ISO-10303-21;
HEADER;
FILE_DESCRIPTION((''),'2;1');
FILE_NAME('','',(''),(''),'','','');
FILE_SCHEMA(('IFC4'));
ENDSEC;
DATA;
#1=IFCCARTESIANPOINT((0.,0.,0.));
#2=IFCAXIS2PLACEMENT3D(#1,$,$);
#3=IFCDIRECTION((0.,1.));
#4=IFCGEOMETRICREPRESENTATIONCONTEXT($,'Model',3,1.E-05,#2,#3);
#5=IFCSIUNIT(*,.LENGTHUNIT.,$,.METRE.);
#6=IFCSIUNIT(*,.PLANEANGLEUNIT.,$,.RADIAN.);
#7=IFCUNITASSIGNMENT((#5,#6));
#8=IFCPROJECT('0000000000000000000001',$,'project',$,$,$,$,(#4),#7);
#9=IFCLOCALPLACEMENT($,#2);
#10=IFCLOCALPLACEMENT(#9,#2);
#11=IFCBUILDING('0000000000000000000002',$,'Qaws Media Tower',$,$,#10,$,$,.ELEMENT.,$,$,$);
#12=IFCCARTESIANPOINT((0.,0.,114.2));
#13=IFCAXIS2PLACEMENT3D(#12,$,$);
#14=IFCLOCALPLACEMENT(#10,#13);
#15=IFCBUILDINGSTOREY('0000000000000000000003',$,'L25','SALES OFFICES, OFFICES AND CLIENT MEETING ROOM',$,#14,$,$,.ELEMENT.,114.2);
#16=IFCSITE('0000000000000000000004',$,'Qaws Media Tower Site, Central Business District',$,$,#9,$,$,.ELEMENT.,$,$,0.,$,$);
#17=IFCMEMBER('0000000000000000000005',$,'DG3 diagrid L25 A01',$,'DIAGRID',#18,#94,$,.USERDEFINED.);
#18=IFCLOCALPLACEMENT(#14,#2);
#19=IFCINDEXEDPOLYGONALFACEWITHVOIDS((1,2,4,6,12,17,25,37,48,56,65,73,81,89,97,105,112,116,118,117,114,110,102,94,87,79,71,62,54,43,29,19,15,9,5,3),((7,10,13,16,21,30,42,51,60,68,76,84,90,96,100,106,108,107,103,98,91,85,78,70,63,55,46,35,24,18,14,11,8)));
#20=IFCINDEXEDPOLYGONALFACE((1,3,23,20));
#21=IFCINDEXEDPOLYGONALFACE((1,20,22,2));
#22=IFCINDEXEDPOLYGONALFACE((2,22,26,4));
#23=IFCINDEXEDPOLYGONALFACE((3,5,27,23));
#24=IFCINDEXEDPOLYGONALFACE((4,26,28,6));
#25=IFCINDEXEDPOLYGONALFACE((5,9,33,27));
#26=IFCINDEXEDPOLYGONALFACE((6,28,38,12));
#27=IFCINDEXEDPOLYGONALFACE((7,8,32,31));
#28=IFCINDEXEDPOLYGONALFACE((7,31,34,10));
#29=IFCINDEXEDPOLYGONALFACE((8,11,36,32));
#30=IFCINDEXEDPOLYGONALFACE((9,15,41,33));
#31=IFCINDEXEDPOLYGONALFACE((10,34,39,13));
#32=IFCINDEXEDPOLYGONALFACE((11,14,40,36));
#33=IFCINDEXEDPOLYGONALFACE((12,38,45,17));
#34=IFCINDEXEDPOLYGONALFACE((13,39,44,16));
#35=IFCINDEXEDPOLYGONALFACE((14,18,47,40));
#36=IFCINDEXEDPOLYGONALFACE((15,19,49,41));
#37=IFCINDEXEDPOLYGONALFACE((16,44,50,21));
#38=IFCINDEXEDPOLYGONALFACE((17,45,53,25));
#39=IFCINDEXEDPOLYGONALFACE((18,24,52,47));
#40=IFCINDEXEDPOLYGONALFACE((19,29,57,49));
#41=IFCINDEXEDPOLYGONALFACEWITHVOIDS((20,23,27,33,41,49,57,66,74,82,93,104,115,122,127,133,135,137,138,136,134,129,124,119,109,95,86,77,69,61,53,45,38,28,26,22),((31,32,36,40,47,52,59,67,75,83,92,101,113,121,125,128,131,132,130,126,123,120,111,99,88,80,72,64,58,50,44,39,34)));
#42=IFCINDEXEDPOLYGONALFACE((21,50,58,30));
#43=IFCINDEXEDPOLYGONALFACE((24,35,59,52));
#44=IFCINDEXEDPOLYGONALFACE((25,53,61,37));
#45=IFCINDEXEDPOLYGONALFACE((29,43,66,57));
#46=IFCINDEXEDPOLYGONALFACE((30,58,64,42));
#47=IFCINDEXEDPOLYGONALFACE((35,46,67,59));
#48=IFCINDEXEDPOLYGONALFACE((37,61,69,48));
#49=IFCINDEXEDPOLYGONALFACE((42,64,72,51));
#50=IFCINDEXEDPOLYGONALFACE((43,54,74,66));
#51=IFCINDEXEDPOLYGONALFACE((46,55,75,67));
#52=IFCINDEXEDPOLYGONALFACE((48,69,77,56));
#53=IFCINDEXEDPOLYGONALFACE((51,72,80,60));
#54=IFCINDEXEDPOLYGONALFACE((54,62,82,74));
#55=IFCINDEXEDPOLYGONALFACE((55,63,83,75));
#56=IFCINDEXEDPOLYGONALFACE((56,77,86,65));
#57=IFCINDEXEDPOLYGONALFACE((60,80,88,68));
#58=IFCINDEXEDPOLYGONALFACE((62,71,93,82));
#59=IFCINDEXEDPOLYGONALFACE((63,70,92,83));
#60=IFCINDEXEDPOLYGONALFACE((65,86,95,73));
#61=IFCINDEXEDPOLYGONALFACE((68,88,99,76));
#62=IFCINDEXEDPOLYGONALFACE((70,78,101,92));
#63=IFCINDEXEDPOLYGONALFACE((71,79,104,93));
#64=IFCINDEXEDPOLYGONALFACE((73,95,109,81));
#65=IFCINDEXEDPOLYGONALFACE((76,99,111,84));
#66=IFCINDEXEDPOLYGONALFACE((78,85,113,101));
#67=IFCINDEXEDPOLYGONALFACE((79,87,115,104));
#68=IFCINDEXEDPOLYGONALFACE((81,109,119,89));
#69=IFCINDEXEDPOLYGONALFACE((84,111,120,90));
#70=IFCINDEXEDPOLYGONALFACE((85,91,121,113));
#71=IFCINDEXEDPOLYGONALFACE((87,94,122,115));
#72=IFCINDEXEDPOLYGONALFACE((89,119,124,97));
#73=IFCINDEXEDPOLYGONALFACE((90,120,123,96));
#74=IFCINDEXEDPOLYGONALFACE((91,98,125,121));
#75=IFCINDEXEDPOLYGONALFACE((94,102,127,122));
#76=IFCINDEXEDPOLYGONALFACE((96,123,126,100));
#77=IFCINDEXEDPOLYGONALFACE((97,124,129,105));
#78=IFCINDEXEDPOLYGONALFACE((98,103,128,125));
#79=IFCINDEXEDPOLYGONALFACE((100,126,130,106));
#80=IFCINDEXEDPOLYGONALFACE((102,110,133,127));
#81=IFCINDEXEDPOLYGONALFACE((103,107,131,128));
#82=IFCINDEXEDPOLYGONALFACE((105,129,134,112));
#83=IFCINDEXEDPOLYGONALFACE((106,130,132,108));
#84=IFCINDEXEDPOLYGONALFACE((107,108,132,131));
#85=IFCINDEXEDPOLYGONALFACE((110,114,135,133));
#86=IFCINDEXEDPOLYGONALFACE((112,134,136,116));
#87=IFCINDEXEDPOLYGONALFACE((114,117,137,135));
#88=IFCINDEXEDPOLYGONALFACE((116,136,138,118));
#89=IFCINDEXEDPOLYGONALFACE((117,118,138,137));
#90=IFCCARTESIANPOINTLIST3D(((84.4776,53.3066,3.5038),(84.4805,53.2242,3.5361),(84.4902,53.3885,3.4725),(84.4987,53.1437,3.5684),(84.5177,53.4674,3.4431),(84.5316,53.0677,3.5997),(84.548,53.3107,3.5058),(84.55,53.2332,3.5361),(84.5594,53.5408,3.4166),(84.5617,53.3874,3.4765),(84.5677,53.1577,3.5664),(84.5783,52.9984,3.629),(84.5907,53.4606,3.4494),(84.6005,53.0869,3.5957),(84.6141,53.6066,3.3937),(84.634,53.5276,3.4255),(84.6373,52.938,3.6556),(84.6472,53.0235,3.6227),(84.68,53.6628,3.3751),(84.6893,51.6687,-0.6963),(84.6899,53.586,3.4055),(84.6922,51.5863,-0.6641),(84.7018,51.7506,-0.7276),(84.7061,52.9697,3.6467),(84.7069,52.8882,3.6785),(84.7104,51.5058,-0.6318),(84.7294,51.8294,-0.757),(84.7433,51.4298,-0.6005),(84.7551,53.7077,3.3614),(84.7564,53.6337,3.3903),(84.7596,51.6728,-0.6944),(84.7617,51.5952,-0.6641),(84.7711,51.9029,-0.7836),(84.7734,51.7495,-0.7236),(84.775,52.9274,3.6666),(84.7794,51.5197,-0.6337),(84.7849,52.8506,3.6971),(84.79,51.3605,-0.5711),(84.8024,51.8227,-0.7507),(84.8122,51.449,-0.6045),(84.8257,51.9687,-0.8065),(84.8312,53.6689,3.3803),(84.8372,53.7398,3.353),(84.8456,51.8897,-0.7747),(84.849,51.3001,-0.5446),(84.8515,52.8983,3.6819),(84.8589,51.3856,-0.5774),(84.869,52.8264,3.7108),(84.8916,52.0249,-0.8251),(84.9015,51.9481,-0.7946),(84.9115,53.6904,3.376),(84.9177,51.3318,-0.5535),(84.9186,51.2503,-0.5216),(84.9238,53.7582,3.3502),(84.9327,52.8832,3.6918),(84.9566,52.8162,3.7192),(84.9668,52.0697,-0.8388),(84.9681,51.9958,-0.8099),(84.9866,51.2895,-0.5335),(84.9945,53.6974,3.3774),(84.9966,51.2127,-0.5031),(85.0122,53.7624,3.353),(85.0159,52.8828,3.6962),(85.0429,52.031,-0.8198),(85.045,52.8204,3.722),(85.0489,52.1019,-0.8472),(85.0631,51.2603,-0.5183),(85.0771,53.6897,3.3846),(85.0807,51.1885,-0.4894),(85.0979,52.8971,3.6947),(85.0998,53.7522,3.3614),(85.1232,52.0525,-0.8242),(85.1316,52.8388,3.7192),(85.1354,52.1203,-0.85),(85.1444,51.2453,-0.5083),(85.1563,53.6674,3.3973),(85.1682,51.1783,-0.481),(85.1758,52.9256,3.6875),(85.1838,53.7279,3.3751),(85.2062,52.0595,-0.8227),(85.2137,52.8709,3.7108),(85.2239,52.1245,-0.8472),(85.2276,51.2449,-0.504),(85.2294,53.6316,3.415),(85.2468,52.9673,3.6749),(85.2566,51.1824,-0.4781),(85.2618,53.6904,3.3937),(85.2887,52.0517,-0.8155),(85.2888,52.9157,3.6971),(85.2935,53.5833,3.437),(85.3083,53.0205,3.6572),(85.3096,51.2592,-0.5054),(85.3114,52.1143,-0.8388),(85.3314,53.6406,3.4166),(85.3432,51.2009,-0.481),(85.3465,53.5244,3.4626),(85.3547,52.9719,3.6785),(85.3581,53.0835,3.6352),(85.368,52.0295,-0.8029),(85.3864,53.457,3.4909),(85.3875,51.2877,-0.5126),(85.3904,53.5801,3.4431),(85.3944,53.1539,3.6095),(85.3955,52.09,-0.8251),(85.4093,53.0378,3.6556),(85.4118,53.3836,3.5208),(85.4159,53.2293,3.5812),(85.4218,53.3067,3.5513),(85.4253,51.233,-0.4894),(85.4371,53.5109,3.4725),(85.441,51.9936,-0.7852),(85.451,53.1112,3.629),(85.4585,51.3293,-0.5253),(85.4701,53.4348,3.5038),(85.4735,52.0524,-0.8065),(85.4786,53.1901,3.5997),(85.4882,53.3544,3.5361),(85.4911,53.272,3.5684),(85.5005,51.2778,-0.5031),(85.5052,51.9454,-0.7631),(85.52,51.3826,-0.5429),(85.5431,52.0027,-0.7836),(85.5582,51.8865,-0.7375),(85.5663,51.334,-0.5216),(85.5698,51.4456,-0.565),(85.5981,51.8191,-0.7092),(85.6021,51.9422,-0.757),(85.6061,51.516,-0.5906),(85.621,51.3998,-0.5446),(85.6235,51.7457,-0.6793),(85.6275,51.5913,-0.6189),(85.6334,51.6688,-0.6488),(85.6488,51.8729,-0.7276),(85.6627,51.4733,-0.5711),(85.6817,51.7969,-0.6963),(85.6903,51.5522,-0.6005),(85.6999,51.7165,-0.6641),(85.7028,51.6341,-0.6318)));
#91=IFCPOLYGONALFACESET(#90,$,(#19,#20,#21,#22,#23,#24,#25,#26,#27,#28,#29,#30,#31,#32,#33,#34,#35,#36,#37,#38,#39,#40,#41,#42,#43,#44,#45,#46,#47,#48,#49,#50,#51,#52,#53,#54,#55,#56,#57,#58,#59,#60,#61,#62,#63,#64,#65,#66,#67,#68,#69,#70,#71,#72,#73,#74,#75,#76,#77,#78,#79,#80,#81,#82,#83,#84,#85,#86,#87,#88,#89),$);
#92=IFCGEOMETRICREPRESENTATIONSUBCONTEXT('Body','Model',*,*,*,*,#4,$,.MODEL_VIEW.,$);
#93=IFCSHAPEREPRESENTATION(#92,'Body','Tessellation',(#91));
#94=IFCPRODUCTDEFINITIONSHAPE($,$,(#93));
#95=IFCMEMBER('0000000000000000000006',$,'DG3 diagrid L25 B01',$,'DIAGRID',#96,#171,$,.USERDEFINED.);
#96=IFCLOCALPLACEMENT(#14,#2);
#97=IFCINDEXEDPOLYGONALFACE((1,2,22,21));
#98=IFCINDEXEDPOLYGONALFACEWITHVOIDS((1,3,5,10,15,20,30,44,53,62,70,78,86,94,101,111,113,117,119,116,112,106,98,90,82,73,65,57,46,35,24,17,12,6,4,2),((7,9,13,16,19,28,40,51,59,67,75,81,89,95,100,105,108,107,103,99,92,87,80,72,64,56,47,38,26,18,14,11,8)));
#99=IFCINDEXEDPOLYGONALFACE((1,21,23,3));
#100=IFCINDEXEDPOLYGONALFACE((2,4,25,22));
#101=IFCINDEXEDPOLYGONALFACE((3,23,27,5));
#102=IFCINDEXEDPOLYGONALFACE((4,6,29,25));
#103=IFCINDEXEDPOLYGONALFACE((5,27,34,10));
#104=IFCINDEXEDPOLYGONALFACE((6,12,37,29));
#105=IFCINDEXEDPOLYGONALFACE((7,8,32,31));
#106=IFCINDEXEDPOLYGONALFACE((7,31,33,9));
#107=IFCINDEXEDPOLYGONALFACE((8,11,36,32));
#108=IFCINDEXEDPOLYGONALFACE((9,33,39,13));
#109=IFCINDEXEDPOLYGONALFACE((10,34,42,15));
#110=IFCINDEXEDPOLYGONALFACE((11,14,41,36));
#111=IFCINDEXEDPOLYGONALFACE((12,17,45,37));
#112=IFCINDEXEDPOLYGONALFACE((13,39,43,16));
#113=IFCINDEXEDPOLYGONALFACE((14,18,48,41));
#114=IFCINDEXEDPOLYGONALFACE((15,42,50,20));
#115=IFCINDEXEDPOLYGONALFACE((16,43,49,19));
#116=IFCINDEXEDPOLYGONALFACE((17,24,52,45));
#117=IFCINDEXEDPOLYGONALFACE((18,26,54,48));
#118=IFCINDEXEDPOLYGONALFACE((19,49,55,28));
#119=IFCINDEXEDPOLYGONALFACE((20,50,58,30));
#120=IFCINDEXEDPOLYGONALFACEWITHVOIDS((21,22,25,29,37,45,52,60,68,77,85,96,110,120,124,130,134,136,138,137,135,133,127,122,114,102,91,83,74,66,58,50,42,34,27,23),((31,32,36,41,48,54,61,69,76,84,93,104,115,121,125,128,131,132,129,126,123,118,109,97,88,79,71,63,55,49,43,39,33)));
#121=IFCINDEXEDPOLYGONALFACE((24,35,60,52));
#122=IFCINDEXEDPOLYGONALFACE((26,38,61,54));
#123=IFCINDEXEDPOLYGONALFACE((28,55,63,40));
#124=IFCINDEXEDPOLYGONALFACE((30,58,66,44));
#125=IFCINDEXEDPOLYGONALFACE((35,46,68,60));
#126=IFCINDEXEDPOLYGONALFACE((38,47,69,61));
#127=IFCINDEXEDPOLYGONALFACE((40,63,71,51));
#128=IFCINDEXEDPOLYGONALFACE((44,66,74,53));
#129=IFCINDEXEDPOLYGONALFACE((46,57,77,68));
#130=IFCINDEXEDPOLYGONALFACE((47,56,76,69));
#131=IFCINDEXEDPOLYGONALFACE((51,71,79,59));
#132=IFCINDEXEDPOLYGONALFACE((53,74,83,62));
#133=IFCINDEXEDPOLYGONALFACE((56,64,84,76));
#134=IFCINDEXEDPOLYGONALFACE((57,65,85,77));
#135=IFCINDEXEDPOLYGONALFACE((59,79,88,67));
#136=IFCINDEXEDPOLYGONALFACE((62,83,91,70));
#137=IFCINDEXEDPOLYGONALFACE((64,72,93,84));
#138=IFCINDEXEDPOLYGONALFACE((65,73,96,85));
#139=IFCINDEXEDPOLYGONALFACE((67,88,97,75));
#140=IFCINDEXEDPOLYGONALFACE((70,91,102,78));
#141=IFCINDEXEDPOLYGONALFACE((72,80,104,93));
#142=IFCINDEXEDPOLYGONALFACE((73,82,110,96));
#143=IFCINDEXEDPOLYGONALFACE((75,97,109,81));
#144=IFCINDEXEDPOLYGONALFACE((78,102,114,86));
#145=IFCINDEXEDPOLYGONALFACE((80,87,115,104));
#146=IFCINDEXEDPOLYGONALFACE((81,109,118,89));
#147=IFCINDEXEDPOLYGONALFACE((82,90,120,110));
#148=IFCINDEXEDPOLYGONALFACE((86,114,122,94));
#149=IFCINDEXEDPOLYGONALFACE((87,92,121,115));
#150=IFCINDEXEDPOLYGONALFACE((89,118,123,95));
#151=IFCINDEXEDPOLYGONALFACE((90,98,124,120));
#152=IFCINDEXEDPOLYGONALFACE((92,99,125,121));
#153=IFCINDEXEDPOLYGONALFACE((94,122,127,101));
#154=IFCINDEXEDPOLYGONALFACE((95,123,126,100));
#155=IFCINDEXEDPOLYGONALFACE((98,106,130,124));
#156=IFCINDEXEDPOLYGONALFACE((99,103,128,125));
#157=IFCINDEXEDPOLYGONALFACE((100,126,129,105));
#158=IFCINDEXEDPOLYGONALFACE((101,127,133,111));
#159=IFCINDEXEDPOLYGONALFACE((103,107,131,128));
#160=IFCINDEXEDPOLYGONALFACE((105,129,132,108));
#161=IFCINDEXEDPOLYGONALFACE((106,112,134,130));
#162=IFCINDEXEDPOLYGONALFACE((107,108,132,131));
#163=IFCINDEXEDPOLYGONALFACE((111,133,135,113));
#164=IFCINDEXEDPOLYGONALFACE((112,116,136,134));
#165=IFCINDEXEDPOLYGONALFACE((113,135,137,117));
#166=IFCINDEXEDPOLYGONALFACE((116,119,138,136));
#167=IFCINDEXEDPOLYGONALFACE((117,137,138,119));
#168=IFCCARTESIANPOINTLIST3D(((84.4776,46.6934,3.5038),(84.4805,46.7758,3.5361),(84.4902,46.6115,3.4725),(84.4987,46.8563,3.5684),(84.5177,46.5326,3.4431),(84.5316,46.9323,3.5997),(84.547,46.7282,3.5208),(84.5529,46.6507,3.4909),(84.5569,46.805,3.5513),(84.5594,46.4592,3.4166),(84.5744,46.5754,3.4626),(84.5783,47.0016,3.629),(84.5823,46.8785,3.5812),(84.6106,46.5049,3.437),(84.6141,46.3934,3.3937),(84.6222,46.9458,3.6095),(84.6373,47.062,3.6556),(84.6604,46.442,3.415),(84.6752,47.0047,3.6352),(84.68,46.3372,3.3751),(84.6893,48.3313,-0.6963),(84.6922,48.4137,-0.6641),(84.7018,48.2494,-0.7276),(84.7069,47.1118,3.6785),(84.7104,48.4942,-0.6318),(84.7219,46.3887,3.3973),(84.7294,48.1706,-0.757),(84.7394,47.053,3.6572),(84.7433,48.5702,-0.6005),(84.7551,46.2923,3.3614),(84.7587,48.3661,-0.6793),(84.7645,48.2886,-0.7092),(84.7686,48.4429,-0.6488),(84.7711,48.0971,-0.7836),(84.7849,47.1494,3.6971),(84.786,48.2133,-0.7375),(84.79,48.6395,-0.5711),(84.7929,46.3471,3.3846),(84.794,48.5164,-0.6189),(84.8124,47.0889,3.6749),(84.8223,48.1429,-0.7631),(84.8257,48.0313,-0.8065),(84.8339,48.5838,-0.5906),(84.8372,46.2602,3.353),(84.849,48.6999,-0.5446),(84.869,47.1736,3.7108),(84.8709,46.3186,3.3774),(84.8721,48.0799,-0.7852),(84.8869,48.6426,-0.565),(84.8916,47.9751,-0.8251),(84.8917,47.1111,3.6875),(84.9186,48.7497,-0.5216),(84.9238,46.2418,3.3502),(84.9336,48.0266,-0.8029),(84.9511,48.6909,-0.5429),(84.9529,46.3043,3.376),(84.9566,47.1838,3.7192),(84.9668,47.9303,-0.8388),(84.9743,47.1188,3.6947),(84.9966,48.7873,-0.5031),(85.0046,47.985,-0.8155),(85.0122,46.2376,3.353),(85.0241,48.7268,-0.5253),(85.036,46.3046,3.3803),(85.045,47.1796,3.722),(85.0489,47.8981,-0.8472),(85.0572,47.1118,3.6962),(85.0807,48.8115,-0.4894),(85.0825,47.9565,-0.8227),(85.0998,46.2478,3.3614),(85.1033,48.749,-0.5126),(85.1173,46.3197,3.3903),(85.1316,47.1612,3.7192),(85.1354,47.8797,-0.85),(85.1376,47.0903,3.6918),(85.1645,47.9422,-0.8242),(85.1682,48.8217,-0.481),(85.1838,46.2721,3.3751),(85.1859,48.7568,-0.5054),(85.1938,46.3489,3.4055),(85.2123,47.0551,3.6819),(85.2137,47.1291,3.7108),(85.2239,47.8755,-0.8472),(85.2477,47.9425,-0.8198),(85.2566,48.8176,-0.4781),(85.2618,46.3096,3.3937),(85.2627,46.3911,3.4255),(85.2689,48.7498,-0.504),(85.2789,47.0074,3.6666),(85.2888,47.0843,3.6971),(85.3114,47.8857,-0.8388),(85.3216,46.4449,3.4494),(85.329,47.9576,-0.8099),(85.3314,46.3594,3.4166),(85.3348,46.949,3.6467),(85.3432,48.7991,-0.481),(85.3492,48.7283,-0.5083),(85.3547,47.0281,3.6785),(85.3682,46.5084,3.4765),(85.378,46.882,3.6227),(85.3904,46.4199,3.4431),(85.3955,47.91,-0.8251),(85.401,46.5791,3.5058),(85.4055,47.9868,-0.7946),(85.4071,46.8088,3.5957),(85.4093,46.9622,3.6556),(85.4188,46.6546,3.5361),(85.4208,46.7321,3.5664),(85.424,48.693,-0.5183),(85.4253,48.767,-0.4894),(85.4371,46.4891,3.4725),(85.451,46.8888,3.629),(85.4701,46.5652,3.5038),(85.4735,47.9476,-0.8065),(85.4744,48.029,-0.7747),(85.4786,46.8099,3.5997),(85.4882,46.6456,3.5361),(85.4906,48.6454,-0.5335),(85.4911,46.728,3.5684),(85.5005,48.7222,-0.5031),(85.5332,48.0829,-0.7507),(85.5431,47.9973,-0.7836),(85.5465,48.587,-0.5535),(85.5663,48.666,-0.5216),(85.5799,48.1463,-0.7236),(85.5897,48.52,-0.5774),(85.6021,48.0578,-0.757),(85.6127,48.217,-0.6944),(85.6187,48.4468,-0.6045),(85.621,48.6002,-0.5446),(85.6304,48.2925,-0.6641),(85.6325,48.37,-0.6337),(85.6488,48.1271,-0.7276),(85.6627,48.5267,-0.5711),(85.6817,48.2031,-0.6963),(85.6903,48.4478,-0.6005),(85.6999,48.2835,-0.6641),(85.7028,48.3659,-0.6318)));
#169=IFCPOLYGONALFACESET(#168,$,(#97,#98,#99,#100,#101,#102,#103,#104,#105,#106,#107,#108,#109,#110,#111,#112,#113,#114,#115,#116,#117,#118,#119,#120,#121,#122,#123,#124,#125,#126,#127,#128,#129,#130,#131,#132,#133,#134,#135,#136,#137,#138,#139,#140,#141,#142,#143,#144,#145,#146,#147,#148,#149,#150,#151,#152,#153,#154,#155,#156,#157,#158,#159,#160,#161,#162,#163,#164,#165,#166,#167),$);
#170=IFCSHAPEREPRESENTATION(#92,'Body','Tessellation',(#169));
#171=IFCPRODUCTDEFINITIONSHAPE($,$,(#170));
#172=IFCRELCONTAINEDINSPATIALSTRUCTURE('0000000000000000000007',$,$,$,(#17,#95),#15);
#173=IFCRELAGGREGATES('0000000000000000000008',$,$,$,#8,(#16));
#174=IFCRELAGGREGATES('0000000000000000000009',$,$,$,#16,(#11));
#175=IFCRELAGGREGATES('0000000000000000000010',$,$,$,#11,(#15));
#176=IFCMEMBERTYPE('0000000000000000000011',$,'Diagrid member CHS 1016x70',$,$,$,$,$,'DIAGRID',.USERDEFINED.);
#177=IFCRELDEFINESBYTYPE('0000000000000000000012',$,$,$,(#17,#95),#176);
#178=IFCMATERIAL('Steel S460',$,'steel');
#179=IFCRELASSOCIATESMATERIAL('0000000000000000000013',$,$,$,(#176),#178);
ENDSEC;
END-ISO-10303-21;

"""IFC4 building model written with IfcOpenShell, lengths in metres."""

from ifc_helpers import new_model, si_unit, direction, frame, origin, origin_2d, place, context, subcontext, project, spatial, hollow_circle, extrude, material, material_profile, profile_set, type_object, element, save


model = new_model("IFC4")

# Units and contexts
model_context = context("Model", 3, precision=1e-05, world=origin(), true_north=direction((0.0, 1.0)))
body_context = subcontext(model_context, "Body", "Model", "MODEL_VIEW")
ifc_project = project(units=[si_unit("LENGTHUNIT", "METRE"), si_unit("PLANEANGLEUNIT", "RADIAN")], contexts=[model_context])

# Site, building, storey
site_placement = place(None, origin())
site = spatial("IfcSite", under=ifc_project, at=site_placement, Name="Qaws Media Tower Site, Central Business District", CompositionType="ELEMENT", RefElevation=0.0)
building_placement = place(site_placement, origin())
building = spatial("IfcBuilding", under=site, at=building_placement, Name="Qaws Media Tower", CompositionType="ELEMENT")
storey_placement = place(building_placement, frame((0.0, 0.0, 114.2)))
storey = spatial("IfcBuildingStorey", under=building, at=storey_placement, Name="L25", Description="SALES OFFICES, OFFICES AND CLIENT MEETING ROOM", CompositionType="ELEMENT", Elevation=114.2)

# Members
ifc_material_1 = material(Name="Steel S460", Category="steel")
ifc_material_profile_1 = material_profile(ifc_material_1, hollow_circle(Radius=0.5081, WallThickness=0.0701, at=origin_2d()), Name="CHS 1016x70")
ifc_profile_set_1 = profile_set([ifc_material_profile_1], Name="Steel S460")
member_type_1 = type_object("IfcMemberType", Name="Diagrid member CHS 1016x70", ElementType="DIAGRID", PredefinedType="USERDEFINED", material=ifc_profile_set_1)
for number, where, z_axis, x_axis, name in (
    (1, (85.196, 51.6514, -0.6641), (-0.0469, 0.362919, 0.93064), (-0.991753, -0.128164, 0.0), "DG3 diagrid L25 A01"),
    (2, (85.196, 48.3486, -0.6641), (-0.0469, -0.362919, 0.93064), (0.991753, -0.128164, 0.0), "DG3 diagrid L25 B01"),
):
    element("IfcMember", number, at=place(storey_placement, frame(where, z_axis=z_axis, x_axis=x_axis)), inside=storey, type_object=member_type_1, Name=name, ObjectType="DIAGRID", PredefinedType="USERDEFINED", context=body_context, shape_type="SweptSolid", body=[
        extrude(hollow_circle(Radius=0.5081, WallThickness=0.0701, at=origin_2d()), origin(), (0.0, 0.0, 1.0), 4.5132),
    ])

save(model, "model.ifc")
